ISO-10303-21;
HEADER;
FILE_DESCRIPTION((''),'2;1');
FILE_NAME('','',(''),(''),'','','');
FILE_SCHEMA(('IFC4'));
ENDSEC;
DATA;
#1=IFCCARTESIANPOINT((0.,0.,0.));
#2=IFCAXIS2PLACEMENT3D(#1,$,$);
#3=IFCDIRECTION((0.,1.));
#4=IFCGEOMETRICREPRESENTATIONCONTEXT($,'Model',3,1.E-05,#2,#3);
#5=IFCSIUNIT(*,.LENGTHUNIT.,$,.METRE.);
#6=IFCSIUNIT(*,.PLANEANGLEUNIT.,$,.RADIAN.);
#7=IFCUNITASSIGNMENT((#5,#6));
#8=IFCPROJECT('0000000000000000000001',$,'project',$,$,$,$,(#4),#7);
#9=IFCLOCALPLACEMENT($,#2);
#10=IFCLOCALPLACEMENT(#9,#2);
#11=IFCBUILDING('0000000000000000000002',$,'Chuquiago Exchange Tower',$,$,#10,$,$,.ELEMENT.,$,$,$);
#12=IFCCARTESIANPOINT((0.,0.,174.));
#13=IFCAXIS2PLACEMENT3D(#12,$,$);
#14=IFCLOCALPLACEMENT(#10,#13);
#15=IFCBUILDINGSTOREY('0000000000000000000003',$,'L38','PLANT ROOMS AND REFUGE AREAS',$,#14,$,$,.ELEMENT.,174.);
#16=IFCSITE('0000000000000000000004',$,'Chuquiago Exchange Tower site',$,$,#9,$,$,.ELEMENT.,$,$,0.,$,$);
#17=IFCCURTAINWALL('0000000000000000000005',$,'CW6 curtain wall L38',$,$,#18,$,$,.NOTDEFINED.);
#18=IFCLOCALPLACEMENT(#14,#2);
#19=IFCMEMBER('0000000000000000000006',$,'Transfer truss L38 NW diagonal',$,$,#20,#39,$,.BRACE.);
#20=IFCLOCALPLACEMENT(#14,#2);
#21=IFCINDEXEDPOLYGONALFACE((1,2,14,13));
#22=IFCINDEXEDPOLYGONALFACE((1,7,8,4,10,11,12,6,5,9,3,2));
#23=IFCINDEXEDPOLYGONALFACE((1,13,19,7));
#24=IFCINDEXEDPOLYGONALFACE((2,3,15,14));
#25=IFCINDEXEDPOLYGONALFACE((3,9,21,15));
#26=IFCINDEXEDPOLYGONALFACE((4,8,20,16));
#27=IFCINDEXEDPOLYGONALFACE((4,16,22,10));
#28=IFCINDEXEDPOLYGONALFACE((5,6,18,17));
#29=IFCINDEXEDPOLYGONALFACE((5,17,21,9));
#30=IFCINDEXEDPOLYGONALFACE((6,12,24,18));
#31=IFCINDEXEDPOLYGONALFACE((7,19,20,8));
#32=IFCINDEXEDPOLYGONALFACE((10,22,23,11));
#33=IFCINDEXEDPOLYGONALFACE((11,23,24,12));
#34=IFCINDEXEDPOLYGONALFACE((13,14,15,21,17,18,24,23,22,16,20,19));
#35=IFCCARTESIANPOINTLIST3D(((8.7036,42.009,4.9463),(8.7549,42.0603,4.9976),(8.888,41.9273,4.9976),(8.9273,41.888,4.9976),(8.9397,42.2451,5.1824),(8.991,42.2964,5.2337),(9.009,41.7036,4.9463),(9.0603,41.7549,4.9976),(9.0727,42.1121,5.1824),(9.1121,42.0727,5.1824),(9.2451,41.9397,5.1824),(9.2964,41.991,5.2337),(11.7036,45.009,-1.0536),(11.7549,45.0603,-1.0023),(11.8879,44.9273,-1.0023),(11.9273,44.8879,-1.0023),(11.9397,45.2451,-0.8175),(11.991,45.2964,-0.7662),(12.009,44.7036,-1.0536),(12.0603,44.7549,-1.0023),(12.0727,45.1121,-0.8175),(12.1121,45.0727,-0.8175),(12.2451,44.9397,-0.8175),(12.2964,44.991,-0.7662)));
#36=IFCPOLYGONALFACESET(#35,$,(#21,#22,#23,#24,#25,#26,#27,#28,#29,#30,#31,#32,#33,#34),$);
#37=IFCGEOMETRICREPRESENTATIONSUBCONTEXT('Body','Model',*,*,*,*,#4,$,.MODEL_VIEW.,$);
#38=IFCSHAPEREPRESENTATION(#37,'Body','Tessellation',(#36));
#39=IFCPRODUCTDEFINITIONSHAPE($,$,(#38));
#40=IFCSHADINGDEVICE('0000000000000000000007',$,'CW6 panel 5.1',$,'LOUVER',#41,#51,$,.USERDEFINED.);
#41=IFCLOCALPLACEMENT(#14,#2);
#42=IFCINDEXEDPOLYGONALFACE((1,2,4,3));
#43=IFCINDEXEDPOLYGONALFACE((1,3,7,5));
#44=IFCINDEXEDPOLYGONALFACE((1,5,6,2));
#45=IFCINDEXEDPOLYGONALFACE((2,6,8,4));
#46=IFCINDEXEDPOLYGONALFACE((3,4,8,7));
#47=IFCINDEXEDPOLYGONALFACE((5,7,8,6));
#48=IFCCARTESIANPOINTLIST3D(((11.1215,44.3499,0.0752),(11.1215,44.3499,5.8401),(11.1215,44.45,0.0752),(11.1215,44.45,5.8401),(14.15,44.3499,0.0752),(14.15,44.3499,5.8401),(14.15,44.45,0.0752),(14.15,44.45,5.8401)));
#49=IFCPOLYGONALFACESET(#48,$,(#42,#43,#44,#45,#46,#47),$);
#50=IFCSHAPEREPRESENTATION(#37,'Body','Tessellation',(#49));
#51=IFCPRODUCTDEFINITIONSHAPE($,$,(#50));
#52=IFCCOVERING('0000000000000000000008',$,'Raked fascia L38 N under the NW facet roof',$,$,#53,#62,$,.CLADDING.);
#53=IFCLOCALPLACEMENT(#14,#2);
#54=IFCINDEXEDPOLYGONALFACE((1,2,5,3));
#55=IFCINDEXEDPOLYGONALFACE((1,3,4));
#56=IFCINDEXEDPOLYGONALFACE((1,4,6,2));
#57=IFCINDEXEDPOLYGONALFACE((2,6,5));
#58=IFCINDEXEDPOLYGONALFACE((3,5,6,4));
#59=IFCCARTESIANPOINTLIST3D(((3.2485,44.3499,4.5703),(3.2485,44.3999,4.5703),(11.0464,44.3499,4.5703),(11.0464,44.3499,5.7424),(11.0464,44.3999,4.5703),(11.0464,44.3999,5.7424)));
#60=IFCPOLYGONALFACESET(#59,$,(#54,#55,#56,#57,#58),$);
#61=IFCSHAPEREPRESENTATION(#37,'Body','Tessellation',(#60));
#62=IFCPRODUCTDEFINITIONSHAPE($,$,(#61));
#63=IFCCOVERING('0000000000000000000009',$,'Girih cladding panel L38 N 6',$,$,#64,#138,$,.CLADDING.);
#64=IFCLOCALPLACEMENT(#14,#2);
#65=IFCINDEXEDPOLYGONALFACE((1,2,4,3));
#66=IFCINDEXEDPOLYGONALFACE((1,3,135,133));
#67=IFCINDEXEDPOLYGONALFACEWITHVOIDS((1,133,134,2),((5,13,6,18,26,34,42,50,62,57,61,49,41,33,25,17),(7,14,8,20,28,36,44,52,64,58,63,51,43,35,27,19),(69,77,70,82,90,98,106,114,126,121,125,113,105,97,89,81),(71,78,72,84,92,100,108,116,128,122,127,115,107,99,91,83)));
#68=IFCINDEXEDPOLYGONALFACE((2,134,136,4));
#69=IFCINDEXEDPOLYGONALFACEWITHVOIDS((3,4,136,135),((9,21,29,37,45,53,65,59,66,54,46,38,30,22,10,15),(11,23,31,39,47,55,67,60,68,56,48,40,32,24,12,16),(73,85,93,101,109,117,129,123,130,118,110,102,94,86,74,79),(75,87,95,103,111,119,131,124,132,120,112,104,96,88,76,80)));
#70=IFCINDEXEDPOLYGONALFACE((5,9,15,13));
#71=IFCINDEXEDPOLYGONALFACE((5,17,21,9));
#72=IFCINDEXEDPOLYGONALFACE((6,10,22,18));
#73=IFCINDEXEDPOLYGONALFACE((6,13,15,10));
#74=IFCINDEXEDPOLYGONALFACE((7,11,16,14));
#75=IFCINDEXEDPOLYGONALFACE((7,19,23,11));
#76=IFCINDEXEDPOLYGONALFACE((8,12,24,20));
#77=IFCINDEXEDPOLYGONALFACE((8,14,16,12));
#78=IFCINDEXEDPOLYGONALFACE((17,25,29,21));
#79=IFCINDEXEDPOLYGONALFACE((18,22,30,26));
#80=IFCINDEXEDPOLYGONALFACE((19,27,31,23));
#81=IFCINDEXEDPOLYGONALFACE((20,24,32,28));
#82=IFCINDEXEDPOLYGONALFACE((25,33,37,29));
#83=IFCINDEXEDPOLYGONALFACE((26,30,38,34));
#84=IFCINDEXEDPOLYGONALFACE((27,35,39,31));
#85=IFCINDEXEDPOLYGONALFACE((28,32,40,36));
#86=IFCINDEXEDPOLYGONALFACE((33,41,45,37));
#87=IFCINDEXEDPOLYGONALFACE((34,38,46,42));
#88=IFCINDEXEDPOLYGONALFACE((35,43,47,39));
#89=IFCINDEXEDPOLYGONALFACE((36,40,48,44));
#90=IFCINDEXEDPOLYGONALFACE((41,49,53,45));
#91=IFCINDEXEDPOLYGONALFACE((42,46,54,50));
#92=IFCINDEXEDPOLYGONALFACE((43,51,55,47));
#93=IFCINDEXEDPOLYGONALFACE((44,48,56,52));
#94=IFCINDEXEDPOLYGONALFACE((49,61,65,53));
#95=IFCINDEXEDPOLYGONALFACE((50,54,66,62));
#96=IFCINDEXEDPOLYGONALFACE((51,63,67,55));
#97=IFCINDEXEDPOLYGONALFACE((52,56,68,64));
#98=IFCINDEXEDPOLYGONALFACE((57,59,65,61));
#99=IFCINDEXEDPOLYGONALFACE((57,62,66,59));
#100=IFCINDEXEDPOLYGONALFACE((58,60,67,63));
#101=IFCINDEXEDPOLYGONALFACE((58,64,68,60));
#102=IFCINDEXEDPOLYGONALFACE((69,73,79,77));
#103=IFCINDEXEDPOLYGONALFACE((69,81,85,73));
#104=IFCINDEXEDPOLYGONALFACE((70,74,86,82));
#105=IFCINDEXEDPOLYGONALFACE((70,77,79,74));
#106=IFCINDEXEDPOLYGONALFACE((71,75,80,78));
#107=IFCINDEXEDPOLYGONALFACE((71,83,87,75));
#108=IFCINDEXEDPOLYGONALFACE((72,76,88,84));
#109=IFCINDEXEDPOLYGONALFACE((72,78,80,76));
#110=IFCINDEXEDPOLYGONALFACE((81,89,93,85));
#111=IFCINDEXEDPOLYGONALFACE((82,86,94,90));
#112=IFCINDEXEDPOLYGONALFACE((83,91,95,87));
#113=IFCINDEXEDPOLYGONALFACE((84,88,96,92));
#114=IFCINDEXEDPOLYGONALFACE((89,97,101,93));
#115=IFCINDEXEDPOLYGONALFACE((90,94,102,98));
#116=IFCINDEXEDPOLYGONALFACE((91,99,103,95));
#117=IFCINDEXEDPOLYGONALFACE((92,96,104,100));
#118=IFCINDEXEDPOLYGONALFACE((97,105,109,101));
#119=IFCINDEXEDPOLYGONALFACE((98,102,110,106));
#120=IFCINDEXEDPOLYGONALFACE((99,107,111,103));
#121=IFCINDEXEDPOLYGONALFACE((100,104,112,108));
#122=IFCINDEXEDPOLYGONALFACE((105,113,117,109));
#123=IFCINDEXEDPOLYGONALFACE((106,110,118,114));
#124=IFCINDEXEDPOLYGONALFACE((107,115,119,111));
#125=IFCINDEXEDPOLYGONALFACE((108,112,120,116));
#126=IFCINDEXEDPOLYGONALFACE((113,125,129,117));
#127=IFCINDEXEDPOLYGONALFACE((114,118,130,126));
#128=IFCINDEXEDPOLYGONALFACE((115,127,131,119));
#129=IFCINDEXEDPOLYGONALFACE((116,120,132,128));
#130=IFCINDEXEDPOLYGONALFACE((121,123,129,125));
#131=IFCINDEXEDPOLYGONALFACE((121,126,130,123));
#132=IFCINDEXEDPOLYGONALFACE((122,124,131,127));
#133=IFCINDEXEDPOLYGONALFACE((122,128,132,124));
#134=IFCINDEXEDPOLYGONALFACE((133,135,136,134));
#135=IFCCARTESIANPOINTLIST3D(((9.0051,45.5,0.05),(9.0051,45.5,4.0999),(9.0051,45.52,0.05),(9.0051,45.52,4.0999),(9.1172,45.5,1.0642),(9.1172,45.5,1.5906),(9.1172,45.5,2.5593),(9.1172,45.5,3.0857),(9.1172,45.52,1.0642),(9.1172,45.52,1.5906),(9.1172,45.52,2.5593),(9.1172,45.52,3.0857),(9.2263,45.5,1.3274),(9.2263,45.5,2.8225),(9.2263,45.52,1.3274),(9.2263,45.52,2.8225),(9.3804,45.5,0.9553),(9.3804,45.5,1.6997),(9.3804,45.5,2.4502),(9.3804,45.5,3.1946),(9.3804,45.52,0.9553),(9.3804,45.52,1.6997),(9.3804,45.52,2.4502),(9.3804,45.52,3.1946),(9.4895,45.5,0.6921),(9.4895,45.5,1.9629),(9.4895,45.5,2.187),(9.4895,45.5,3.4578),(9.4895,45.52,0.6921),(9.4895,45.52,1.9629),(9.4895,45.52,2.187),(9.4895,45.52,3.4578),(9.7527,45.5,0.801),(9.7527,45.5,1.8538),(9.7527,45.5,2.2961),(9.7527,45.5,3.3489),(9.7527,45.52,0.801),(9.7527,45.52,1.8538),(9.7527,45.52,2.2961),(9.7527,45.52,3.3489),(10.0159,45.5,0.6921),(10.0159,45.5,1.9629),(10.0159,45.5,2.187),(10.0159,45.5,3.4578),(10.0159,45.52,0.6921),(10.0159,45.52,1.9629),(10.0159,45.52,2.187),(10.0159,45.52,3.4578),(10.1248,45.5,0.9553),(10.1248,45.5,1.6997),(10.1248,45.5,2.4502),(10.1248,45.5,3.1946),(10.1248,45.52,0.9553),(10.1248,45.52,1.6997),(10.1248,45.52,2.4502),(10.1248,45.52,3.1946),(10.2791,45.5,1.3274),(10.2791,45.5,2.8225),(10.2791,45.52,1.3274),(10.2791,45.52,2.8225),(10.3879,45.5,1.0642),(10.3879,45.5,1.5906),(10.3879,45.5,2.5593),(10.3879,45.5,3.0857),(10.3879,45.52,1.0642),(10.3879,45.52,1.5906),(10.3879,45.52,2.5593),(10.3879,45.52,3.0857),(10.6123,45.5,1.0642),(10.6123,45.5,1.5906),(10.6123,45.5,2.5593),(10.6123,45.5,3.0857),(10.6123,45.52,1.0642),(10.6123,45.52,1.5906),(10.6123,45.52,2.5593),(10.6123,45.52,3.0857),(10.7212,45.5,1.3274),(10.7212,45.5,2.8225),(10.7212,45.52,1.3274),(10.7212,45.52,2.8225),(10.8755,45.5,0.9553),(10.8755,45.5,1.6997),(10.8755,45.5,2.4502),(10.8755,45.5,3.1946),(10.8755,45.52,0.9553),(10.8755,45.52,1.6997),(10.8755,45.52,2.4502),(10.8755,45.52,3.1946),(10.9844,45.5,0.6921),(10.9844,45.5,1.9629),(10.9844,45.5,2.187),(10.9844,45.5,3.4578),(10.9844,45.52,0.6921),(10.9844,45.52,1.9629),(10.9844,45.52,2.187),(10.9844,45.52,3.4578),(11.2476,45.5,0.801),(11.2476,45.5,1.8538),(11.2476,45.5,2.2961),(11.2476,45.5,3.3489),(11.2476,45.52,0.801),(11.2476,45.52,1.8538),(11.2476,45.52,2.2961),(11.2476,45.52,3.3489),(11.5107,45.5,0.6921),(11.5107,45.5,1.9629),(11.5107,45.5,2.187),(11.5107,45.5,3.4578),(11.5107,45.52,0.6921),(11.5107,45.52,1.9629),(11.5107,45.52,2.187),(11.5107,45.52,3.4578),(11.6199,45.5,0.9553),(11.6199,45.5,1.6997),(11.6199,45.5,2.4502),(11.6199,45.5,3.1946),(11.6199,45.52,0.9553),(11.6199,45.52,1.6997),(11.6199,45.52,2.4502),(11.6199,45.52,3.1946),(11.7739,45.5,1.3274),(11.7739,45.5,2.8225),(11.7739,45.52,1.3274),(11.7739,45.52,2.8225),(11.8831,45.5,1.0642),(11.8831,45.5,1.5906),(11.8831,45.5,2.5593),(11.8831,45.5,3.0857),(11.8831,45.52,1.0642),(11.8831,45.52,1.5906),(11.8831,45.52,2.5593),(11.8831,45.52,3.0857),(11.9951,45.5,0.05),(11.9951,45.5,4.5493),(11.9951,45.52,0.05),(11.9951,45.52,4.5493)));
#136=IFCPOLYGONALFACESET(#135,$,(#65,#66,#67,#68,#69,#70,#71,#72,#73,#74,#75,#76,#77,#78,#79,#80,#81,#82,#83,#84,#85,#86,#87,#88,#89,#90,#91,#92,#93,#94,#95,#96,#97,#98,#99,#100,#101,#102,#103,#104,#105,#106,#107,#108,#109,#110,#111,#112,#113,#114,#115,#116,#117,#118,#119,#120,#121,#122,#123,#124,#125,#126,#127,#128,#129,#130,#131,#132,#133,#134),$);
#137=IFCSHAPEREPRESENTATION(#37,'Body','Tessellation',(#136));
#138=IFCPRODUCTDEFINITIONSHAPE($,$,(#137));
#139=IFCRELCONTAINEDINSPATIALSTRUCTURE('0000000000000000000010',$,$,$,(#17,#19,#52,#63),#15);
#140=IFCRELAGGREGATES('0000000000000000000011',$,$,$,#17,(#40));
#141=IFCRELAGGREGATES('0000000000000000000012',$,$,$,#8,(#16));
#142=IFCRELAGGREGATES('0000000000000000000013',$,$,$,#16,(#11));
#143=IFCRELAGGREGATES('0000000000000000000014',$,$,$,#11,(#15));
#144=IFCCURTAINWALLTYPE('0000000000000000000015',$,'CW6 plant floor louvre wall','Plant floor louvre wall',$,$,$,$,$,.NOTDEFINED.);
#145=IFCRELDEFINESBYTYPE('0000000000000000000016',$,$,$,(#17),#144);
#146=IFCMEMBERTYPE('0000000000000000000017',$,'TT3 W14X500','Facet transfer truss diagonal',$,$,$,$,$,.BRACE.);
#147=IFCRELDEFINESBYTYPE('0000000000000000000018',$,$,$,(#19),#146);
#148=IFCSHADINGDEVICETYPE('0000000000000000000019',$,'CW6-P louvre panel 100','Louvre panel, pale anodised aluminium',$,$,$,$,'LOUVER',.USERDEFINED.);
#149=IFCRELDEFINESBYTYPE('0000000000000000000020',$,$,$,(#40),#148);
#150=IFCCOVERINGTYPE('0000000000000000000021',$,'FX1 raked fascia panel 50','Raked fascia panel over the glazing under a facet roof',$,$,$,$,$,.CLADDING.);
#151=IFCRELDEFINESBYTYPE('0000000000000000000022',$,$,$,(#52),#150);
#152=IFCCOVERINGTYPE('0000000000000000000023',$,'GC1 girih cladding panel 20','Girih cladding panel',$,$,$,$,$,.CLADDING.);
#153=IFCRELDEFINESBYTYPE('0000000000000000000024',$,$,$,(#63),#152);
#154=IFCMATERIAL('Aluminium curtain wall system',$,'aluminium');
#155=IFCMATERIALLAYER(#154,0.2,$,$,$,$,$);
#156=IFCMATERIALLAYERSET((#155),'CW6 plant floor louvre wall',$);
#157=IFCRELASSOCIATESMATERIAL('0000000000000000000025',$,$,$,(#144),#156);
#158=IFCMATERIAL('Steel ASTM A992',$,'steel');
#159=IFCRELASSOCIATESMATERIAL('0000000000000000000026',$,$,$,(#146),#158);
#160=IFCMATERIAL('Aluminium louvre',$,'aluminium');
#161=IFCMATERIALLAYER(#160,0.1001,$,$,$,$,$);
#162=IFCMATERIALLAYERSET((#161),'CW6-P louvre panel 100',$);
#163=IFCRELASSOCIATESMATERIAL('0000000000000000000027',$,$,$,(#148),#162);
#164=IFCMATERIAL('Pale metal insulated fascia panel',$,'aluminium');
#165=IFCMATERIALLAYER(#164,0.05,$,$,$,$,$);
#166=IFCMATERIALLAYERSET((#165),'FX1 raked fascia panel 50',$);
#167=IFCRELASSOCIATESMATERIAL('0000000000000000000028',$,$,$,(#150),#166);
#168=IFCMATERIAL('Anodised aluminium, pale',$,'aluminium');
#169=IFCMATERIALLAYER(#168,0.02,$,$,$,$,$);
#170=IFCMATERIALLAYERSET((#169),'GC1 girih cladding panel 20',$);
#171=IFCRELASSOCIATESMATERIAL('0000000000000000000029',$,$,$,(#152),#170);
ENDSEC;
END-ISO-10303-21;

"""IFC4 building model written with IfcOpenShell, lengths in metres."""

from ifc_helpers import new_model, si_unit, direction, frame, origin, origin_2d, place, context, subcontext, project, spatial, polyline, rectangle, i_section, outline, extrude, material, layer, layer_set, material_profile, profile_set, type_object, element, aggregate, save


model = new_model("IFC4")

# Units and contexts
model_context = context("Model", 3, precision=1e-05, world=origin(), true_north=direction((0.0, 1.0)))
body_context = subcontext(model_context, "Body", "Model", "MODEL_VIEW")
ifc_project = project(units=[si_unit("LENGTHUNIT", "METRE"), si_unit("PLANEANGLEUNIT", "RADIAN")], contexts=[model_context])

# Site, building, storey
site_placement = place(None, origin())
site = spatial("IfcSite", under=ifc_project, at=site_placement, Name="Chuquiago Exchange Tower site", CompositionType="ELEMENT", RefElevation=0.0)
building_placement = place(site_placement, origin())
building = spatial("IfcBuilding", under=site, at=building_placement, Name="Chuquiago Exchange Tower", CompositionType="ELEMENT")
storey_placement = place(building_placement, frame((0.0, 0.0, 174.0)))
storey = spatial("IfcBuildingStorey", under=building, at=storey_placement, Name="L38", Description="PLANT ROOMS AND REFUGE AREAS", CompositionType="ELEMENT", Elevation=174.0)

# Curtain wall
ifc_material_1 = material(Name="Aluminium curtain wall system", Category="aluminium")
ifc_layer_1 = layer(ifc_material_1, 0.2)
ifc_layer_set_1 = layer_set([ifc_layer_1], Name="CW6 plant floor louvre wall")
curtain_wall_type = type_object("IfcCurtainWallType", Name="CW6 plant floor louvre wall", Description="Plant floor louvre wall", PredefinedType="NOTDEFINED", material=ifc_layer_set_1)
curtain_wall_1_placement = place(storey_placement, origin())
curtain_wall_1 = element("IfcCurtainWall", 1, at=curtain_wall_1_placement, inside=storey, type_object=curtain_wall_type, Name="CW6 curtain wall L38", PredefinedType="NOTDEFINED")

# Member
ifc_material_2 = material(Name="Steel ASTM A992", Category="steel")
ifc_material_profile_1 = material_profile(ifc_material_2, i_section(OverallWidth=0.4319, OverallDepth=0.4978, WebThickness=0.0557, FlangeThickness=0.0889, at=origin_2d()), Name="W14X500")
ifc_profile_set_1 = profile_set([ifc_material_profile_1], Name="Steel ASTM A992")
member_type_1 = type_object("IfcMemberType", Name="TT3 W14X500", Description="Facet transfer truss diagonal", PredefinedType="BRACE", material=ifc_profile_set_1)
member_1_placement = place(storey_placement, frame((12.0, 45.0, -0.9099), z_axis=(-0.408248, -0.408248, 0.816497), x_axis=(0.707107, -0.707107, 0.0)))
element("IfcMember", 2, at=member_1_placement, inside=storey, type_object=member_type_1, Name="Transfer truss L38 NW diagonal", PredefinedType="BRACE", context=body_context, shape_type="SweptSolid", body=[
    extrude(i_section(OverallWidth=0.4319, OverallDepth=0.4978, WebThickness=0.0557, FlangeThickness=0.0889, at=origin_2d()), origin(), (0.0, 0.0, 1.0), 7.3484),
])

# Shading device
ifc_material_3 = material(Name="Aluminium louvre", Category="aluminium")
ifc_layer_2 = layer(ifc_material_3, 0.1001)
ifc_layer_set_2 = layer_set([ifc_layer_2], Name="CW6-P louvre panel 100")
shading_device_type = type_object("IfcShadingDeviceType", Name="CW6-P louvre panel 100", Description="Louvre panel, pale anodised aluminium", ElementType="LOUVER", PredefinedType="USERDEFINED", material=ifc_layer_set_2)
shading_device_placement = place(storey_placement, frame((12.6357, 44.3999, 0.0752), z_axis=(0.0, 0.0, 1.0), x_axis=(-1.0, 0.0, 0.0)))
shading_device = element("IfcShadingDevice", 3, at=shading_device_placement, type_object=shading_device_type, Name="CW6 panel 5.1", ObjectType="LOUVER", PredefinedType="USERDEFINED", context=body_context, shape_type="SweptSolid", body=[
    extrude(rectangle(XDim=3.0286, YDim=0.1001, at=origin_2d()), origin(), (0.0, 0.0, 1.0), 5.7649),
])
aggregate(curtain_wall_1, [shading_device])

# Coverings
ifc_material_4 = material(Name="Pale metal insulated fascia panel", Category="aluminium")
ifc_layer_3 = layer(ifc_material_4, 0.05)
ifc_layer_set_3 = layer_set([ifc_layer_3], Name="FX1 raked fascia panel 50")
covering_type_1 = type_object("IfcCoveringType", Name="FX1 raked fascia panel 50", Description="Raked fascia panel over the glazing under a facet roof", PredefinedType="CLADDING", material=ifc_layer_set_3)
covering_1_placement = place(storey_placement, frame((11.0464, 44.3999, 4.5703), z_axis=(0.0, 1.0, 0.0), x_axis=(-1.0, 0.0, 0.0)))
element("IfcCovering", 4, at=covering_1_placement, inside=storey, type_object=covering_type_1, Name="Raked fascia L38 N under the NW facet roof", PredefinedType="CLADDING", context=body_context, shape_type="SweptSolid", body=[
    extrude(outline(polyline([(0.0, 0.0), (7.7979, 0.0), (0.0, 1.1721), (0.0, 0.0)])), origin(), (0.0, 0.0, -1.0), 0.05),
])
ifc_material_5 = material(Name="Anodised aluminium, pale", Category="aluminium")
ifc_layer_4 = layer(ifc_material_5, 0.02)
ifc_layer_set_4 = layer_set([ifc_layer_4], Name="GC1 girih cladding panel 20")
covering_type_2 = type_object("IfcCoveringType", Name="GC1 girih cladding panel 20", Description="Girih cladding panel", PredefinedType="CLADDING", material=ifc_layer_set_4)
covering_2_placement = place(storey_placement, frame((11.9951, 45.5, 0.05), z_axis=(0.0, 0.0, 1.0), x_axis=(-1.0, 0.0, 0.0)))
element("IfcCovering", 5, at=covering_2_placement, inside=storey, type_object=covering_type_2, Name="Girih cladding panel L38 N 6", PredefinedType="CLADDING", context=body_context, shape_type="SweptSolid", body=[
    extrude(outline(polyline([(0.0, 0.0), (2.99, 0.0), (2.99, 4.0498), (0.0, 4.4993), (0.0, 0.0)]), holes=[polyline([(1.2739, 1.2773), (1.3828, 1.5405), (1.1196, 1.6497), (1.0107, 1.9128), (0.7476, 1.8037), (0.4844, 1.9128), (0.3752, 1.6497), (0.1121, 1.5405), (0.2212, 1.2773), (0.1121, 1.0142), (0.3752, 0.9053), (0.4844, 0.6421), (0.7476, 0.751), (1.0107, 0.6421), (1.1196, 0.9053), (1.3828, 1.0142), (1.2739, 1.2773)]), polyline([(2.7688, 1.2773), (2.8779, 1.5405), (2.6147, 1.6497), (2.5056, 1.9128), (2.2424, 1.8037), (1.9792, 1.9128), (1.8704, 1.6497), (1.6072, 1.5405), (1.7161, 1.2773), (1.6072, 1.0142), (1.8704, 0.9053), (1.9792, 0.6421), (2.2424, 0.751), (2.5056, 0.6421), (2.6147, 0.9053), (2.8779, 1.0142), (2.7688, 1.2773)]), polyline([(1.2739, 2.7725), (1.3828, 3.0356), (1.1196, 3.1445), (1.0107, 3.4077), (0.7476, 3.2988), (0.4844, 3.4077), (0.3752, 3.1445), (0.1121, 3.0356), (0.2212, 2.7725), (0.1121, 2.5093), (0.3752, 2.4001), (0.4844, 2.137), (0.7476, 2.2461), (1.0107, 2.137), (1.1196, 2.4001), (1.3828, 2.5093), (1.2739, 2.7725)]), polyline([(2.7688, 2.7725), (2.8779, 3.0356), (2.6147, 3.1445), (2.5056, 3.4077), (2.2424, 3.2988), (1.9792, 3.4077), (1.8704, 3.1445), (1.6072, 3.0356), (1.7161, 2.7725), (1.6072, 2.5093), (1.8704, 2.4001), (1.9792, 2.137), (2.2424, 2.2461), (2.5056, 2.137), (2.6147, 2.4001), (2.8779, 2.5093), (2.7688, 2.7725)])]), frame((0.0, 0.0, 0.0), z_axis=(0.0, -1.0, 0.0), x_axis=(1.0, 0.0, 0.0)), (0.0, 0.0, 1.0), 0.02),
])

save(model, "model.ifc")
